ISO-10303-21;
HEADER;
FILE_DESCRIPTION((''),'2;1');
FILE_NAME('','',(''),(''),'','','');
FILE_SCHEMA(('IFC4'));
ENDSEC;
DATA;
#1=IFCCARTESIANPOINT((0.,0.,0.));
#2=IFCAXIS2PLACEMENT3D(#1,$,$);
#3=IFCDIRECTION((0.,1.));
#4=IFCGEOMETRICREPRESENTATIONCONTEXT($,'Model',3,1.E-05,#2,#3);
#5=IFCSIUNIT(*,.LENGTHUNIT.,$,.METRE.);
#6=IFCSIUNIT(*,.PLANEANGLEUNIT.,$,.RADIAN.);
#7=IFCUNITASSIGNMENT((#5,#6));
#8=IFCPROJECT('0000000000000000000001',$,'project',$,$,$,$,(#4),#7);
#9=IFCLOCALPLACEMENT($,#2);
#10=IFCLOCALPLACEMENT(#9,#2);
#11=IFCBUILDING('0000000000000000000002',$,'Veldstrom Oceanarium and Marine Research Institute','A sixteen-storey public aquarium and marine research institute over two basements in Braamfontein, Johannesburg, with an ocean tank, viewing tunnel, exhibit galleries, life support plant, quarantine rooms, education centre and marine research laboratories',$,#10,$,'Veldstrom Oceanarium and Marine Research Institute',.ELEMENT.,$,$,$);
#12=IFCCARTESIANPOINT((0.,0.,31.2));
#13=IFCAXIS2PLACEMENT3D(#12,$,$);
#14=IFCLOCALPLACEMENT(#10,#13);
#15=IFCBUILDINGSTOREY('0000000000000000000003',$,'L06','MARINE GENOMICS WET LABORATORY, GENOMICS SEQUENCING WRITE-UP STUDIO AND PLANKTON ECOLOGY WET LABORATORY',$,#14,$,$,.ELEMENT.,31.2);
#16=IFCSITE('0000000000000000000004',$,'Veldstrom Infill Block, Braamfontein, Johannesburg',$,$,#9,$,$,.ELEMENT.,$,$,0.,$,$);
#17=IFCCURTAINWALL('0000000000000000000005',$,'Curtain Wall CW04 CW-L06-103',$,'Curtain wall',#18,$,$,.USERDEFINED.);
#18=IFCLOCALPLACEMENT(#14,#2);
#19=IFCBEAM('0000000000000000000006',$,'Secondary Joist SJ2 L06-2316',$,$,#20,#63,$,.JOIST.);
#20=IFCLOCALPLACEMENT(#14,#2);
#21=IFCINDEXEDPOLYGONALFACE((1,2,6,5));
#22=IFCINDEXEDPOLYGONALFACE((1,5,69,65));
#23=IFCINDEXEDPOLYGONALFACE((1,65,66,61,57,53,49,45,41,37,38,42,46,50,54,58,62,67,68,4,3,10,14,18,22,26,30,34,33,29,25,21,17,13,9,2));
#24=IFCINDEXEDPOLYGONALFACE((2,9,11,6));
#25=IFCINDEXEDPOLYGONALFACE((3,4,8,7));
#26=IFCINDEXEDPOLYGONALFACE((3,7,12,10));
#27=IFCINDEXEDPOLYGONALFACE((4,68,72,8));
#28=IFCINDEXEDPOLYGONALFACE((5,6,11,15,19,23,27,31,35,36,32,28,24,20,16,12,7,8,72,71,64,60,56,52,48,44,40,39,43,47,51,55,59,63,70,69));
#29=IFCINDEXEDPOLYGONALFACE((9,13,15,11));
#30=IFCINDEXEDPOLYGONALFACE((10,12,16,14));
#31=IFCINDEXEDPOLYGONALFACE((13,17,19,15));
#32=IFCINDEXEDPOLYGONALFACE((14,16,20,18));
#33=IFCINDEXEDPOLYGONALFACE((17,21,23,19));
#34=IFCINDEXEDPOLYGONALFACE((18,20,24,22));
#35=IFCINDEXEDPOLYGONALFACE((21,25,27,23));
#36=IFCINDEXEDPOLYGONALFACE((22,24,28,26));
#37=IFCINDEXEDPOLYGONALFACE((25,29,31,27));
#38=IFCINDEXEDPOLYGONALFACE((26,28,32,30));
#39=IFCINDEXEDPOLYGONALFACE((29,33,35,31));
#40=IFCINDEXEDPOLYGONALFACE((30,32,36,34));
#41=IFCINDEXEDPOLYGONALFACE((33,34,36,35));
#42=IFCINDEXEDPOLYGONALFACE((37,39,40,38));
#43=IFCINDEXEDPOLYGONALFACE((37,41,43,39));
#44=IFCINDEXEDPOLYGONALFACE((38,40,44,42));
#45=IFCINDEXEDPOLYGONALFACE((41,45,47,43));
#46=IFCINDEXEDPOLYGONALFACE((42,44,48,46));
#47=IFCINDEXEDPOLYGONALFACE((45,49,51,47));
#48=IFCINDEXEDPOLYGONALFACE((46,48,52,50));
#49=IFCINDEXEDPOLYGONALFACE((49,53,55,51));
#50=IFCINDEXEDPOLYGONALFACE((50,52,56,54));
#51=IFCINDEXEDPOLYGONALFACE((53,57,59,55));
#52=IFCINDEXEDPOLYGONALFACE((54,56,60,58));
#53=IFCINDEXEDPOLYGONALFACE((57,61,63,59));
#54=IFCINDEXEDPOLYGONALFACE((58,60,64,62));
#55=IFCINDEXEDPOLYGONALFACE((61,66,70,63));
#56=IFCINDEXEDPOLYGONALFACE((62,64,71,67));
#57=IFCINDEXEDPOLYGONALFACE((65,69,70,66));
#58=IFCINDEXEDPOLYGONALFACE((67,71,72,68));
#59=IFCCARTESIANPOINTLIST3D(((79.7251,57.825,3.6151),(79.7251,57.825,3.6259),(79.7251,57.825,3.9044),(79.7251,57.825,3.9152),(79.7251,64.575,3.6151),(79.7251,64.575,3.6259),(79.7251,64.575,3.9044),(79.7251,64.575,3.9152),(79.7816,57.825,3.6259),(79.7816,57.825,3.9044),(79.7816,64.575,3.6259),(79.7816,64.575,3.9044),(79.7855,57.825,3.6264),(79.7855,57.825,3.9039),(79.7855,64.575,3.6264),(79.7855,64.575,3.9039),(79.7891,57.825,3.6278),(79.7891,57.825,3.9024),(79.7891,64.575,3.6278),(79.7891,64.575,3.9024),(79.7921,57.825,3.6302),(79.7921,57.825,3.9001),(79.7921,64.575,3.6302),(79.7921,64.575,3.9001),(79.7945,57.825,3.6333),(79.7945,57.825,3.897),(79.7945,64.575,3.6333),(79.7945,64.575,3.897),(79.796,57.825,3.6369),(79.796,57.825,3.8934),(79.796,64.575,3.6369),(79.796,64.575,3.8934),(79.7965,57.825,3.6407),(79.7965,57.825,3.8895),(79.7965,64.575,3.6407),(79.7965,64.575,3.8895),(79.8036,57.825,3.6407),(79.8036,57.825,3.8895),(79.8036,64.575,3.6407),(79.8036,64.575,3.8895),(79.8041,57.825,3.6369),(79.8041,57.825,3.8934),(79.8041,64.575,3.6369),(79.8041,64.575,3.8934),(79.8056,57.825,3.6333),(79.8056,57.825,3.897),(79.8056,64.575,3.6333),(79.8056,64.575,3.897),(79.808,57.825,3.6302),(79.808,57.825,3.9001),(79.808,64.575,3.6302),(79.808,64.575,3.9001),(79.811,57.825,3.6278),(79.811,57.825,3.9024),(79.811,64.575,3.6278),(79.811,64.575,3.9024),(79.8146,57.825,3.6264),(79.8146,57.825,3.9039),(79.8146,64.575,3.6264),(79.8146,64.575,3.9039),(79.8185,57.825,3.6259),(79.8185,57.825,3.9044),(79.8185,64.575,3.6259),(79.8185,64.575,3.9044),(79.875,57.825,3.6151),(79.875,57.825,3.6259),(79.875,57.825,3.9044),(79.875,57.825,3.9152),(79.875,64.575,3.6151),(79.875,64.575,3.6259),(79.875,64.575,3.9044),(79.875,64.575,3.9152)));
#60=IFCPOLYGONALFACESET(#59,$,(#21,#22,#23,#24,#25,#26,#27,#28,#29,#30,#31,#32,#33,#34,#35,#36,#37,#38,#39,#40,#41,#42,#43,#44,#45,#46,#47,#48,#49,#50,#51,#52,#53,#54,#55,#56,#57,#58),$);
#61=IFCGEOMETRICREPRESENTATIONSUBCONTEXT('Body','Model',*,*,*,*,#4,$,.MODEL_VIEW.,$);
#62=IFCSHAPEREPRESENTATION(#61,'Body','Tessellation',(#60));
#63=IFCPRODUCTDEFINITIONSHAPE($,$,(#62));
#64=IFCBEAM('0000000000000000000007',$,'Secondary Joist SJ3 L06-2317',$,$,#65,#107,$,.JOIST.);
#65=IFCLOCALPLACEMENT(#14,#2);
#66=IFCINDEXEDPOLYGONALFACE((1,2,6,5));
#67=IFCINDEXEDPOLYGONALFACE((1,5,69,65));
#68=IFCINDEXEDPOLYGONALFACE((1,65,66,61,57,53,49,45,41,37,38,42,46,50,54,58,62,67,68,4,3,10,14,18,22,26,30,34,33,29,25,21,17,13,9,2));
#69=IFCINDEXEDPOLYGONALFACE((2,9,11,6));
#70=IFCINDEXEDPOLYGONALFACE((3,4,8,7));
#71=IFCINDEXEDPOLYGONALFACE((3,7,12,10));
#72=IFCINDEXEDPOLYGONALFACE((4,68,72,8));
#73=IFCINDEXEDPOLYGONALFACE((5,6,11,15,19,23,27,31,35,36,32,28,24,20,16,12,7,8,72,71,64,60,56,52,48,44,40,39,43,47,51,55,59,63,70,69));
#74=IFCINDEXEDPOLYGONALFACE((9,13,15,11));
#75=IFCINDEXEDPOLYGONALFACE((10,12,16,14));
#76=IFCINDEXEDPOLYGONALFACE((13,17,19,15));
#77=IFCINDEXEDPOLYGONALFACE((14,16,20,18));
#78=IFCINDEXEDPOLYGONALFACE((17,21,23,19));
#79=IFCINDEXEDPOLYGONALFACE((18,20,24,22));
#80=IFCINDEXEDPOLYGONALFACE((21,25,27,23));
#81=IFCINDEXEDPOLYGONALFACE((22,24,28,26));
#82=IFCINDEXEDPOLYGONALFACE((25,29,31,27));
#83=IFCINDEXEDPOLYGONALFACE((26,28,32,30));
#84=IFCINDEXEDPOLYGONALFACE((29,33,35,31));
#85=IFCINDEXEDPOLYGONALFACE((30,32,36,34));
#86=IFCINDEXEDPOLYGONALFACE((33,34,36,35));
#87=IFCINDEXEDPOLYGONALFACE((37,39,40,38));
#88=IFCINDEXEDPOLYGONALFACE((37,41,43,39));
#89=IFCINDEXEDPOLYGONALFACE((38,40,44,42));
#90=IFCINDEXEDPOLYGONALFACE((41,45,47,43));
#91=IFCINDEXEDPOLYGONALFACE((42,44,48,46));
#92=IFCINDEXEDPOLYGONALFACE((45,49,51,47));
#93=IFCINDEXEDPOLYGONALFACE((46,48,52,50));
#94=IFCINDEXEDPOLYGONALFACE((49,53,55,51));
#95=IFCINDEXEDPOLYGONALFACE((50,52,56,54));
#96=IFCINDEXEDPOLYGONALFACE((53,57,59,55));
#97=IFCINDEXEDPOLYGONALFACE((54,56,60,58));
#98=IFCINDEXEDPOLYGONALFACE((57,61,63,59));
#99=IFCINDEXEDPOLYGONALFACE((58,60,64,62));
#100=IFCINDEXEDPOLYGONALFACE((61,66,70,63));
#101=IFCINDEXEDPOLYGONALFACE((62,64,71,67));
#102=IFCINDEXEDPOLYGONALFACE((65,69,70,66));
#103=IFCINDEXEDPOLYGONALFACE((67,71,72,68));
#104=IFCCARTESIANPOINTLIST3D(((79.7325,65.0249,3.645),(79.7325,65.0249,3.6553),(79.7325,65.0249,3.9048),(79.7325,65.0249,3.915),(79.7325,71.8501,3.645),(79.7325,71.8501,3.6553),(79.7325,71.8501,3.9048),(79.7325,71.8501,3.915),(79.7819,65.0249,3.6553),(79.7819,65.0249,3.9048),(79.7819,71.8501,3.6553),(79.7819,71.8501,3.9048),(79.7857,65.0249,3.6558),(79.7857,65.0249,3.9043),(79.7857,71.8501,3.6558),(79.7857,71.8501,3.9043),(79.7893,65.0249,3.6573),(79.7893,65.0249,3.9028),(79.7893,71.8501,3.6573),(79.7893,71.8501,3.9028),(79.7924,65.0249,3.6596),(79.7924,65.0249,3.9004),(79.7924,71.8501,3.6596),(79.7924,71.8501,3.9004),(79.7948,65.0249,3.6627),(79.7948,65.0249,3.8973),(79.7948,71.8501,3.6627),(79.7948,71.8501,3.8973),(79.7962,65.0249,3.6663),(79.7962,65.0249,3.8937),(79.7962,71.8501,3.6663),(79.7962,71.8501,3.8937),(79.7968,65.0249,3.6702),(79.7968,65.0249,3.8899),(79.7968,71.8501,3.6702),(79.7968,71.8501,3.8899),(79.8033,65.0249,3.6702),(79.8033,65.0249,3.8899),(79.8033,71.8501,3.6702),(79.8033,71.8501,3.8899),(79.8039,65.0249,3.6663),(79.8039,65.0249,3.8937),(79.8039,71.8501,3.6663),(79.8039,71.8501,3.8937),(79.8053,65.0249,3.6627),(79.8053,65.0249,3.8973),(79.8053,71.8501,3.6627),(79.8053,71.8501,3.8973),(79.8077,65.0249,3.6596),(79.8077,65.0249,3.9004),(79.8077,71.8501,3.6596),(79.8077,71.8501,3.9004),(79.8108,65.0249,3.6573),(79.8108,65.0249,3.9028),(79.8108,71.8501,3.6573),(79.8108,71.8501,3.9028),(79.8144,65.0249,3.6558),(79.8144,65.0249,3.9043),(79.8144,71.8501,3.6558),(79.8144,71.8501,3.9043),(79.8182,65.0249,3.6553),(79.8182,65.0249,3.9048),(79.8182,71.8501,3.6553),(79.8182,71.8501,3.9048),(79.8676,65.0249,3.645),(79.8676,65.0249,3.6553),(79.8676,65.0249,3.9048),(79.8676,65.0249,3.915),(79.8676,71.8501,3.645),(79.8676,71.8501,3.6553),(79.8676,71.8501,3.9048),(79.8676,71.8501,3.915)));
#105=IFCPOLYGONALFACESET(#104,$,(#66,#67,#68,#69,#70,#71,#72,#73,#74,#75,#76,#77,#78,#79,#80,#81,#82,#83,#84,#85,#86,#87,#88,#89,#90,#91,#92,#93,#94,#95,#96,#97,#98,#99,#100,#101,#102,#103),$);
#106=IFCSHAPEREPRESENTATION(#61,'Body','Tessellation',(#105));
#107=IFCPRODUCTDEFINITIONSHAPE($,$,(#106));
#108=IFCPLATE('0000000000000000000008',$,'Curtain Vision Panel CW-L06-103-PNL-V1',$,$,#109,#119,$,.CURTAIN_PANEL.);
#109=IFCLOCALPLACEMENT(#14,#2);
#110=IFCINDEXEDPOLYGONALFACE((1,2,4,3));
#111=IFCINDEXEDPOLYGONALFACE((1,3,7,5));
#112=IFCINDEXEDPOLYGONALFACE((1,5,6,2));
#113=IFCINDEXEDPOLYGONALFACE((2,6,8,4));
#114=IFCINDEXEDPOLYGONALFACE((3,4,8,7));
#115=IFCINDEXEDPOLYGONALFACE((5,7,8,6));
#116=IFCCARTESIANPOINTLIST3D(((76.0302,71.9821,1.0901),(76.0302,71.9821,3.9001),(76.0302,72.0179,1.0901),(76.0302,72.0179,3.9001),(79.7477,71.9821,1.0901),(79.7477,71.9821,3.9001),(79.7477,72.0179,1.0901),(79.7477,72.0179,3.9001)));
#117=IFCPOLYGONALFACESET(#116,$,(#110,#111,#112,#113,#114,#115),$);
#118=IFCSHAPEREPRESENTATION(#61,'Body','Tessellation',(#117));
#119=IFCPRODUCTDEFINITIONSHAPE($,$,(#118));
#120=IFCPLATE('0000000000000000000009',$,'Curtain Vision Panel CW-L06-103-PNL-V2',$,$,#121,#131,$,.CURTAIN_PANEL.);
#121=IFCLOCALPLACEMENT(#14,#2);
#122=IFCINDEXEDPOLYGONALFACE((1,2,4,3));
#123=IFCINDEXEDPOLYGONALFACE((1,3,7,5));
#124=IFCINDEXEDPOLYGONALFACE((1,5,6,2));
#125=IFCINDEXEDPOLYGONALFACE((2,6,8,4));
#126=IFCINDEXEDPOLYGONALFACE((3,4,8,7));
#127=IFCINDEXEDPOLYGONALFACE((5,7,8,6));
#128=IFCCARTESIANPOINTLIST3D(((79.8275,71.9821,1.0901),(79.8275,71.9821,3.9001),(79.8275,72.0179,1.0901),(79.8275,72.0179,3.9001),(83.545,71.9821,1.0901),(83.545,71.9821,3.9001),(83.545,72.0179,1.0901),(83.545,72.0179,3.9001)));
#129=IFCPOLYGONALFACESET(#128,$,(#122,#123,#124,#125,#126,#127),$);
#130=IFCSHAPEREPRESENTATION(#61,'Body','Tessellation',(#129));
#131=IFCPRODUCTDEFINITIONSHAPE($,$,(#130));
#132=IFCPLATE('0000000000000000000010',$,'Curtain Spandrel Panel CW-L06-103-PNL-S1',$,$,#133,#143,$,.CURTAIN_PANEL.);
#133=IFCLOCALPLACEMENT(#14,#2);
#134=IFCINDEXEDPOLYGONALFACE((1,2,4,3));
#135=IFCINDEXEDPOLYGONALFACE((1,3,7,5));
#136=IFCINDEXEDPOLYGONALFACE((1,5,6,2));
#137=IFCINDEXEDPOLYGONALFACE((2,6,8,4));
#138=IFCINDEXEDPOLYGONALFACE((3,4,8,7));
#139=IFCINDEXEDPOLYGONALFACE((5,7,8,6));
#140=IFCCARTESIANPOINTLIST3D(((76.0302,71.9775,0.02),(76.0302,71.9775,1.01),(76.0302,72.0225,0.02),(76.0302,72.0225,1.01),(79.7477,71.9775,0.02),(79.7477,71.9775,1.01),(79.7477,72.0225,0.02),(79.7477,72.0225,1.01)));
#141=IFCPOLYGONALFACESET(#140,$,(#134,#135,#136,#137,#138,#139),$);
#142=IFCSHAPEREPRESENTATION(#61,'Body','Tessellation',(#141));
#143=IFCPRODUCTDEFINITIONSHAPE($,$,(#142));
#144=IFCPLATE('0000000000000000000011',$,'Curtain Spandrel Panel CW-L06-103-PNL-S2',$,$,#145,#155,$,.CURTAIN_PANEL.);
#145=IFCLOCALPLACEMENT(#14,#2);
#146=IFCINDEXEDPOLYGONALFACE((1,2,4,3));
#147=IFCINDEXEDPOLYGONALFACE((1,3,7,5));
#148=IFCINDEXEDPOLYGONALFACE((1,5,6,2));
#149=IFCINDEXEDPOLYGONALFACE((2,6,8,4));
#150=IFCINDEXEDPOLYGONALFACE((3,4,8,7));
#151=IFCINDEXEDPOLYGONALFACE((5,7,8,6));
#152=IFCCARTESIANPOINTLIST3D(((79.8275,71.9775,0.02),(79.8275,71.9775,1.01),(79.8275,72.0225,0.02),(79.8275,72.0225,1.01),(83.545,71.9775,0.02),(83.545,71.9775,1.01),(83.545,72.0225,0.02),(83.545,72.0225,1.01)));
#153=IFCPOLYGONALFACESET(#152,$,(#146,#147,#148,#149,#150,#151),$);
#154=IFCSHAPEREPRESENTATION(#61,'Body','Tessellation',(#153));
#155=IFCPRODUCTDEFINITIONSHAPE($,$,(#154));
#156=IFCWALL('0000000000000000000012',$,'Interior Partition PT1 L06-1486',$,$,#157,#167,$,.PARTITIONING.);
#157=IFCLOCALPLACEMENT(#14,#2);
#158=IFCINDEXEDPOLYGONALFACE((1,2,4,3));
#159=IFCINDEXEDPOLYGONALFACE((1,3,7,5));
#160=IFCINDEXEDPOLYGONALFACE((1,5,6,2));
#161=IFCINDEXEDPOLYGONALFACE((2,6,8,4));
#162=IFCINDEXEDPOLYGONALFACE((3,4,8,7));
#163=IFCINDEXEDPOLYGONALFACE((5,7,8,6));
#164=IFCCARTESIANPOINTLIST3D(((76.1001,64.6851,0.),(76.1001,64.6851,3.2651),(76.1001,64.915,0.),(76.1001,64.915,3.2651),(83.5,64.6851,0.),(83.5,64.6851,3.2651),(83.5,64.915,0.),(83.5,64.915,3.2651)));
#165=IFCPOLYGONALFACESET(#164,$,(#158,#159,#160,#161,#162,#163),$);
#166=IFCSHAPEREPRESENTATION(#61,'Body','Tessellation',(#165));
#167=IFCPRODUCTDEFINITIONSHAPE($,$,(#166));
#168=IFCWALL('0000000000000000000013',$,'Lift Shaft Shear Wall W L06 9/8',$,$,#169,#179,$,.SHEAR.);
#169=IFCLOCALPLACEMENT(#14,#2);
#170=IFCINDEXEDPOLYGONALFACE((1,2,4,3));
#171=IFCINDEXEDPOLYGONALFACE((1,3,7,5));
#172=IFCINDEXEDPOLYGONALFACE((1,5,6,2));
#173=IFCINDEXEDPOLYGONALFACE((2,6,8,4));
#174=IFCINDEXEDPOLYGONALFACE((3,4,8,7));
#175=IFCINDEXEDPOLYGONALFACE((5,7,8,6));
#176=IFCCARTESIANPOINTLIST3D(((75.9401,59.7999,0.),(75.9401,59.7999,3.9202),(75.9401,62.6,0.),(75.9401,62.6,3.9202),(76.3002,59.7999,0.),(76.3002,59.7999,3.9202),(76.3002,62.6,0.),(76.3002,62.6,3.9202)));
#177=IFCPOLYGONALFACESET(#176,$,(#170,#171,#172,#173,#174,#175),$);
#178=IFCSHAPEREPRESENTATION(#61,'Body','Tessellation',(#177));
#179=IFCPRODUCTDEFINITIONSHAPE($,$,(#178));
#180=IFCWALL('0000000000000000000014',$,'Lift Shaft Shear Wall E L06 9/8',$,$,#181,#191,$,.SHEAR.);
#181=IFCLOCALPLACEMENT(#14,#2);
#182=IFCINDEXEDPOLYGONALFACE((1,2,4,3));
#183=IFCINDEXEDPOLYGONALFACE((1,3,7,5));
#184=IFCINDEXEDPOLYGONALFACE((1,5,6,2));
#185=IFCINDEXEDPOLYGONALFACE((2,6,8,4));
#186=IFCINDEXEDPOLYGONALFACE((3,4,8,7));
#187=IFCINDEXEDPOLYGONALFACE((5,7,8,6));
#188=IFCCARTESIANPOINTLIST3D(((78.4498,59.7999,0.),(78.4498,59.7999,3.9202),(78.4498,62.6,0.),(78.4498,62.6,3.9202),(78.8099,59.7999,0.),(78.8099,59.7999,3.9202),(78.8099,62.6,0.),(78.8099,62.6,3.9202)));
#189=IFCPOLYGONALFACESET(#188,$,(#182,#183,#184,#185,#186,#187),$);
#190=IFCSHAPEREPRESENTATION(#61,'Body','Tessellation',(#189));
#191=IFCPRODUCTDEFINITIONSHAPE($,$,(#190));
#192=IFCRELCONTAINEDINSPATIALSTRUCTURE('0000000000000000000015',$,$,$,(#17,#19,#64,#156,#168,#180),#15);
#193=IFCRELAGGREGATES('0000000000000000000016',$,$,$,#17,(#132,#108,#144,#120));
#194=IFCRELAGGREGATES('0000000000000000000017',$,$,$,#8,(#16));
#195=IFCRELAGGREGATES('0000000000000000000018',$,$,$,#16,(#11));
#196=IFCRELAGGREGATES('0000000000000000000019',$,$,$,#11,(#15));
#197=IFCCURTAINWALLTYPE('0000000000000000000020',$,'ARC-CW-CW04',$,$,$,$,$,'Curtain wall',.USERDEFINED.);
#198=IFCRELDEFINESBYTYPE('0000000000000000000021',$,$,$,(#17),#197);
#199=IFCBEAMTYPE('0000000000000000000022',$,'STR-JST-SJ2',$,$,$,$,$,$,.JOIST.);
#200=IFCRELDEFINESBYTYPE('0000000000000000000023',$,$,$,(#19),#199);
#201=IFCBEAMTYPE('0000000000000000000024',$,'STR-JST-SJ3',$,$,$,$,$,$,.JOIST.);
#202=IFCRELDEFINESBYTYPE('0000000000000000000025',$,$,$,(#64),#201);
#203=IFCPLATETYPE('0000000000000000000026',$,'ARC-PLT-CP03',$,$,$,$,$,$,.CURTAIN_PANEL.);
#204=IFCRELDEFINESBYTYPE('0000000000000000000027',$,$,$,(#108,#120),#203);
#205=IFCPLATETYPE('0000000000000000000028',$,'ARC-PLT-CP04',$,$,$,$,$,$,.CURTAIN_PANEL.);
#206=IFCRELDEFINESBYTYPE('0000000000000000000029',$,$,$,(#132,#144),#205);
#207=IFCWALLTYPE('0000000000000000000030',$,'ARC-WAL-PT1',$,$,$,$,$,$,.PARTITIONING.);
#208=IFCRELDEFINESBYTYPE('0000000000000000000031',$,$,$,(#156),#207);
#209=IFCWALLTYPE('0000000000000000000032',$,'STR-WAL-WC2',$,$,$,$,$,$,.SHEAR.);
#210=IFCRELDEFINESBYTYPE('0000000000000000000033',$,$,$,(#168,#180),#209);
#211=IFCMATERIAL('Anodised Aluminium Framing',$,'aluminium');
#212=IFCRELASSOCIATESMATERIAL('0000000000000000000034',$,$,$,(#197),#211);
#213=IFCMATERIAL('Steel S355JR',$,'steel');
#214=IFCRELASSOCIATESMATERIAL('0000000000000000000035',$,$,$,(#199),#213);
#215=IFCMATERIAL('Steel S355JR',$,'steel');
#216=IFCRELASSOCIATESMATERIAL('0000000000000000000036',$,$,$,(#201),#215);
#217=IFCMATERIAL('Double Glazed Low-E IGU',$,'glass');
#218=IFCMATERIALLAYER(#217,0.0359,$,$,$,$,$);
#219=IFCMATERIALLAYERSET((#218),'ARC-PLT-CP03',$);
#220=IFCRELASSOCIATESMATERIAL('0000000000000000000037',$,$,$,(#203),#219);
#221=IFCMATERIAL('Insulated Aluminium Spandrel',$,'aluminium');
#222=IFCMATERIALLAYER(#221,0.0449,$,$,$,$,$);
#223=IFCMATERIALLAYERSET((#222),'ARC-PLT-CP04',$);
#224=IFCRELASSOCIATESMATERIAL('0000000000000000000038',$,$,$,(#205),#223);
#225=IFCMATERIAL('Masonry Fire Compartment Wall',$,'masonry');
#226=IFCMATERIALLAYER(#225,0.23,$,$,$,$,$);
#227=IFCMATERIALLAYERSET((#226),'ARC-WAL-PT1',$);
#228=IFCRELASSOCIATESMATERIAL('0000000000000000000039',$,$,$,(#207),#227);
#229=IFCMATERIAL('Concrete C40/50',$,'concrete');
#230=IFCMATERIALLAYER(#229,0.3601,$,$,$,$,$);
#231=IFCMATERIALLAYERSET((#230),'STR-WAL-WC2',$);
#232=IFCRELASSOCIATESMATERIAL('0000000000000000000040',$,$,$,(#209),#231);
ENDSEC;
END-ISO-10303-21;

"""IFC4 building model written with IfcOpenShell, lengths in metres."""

from ifc_helpers import new_model, si_unit, direction, frame, frame_2d, origin, origin_2d, place, context, subcontext, project, spatial, rectangle, i_section, extrude, material, layer, layer_set, material_profile, profile_set, type_object, element, aggregate, save


model = new_model("IFC4")

# Units and contexts
model_context = context("Model", 3, precision=1e-05, world=origin(), true_north=direction((0.0, 1.0)))
body_context = subcontext(model_context, "Body", "Model", "MODEL_VIEW")
ifc_project = project(units=[si_unit("LENGTHUNIT", "METRE"), si_unit("PLANEANGLEUNIT", "RADIAN")], contexts=[model_context])

# Site, building, storey
site_placement = place(None, origin())
site = spatial("IfcSite", under=ifc_project, at=site_placement, Name="Veldstrom Infill Block, Braamfontein, Johannesburg", CompositionType="ELEMENT", RefElevation=0.0)
building_placement = place(site_placement, origin())
building = spatial("IfcBuilding", under=site, at=building_placement, Name="Veldstrom Oceanarium and Marine Research Institute", Description="A sixteen-storey public aquarium and marine research institute over two basements in Braamfontein, Johannesburg, with an ocean tank, viewing tunnel, exhibit galleries, life support plant, quarantine rooms, education centre and marine research laboratories", LongName="Veldstrom Oceanarium and Marine Research Institute", CompositionType="ELEMENT")
storey_placement = place(building_placement, frame((0.0, 0.0, 31.2)))
storey = spatial("IfcBuildingStorey", under=building, at=storey_placement, Name="L06", Description="MARINE GENOMICS WET LABORATORY, GENOMICS SEQUENCING WRITE-UP STUDIO AND PLANKTON ECOLOGY WET LABORATORY", CompositionType="ELEMENT", Elevation=31.2)

# Curtain wall
ifc_material_1 = material(Name="Anodised Aluminium Framing", Category="aluminium")
curtain_wall_type = type_object("IfcCurtainWallType", Name="ARC-CW-CW04", ElementType="Curtain wall", PredefinedType="USERDEFINED", material=ifc_material_1)
curtain_wall_placement = place(storey_placement, origin())
curtain_wall = element("IfcCurtainWall", 1, at=curtain_wall_placement, inside=storey, type_object=curtain_wall_type, Name="Curtain Wall CW04 CW-L06-103", ObjectType="Curtain wall", PredefinedType="USERDEFINED")

# Beams
ifc_material_2 = material(Name="Steel S355JR", Category="steel")
ifc_material_profile_1 = material_profile(ifc_material_2, i_section(OverallWidth=0.1499, OverallDepth=0.3, WebThickness=0.0071, FlangeThickness=0.0107, FilletRadius=0.0149, at=origin_2d()), Name="IPE 300")
ifc_profile_set_1 = profile_set([ifc_material_profile_1], Name="Steel S355JR")
beam_type_1 = type_object("IfcBeamType", Name="STR-JST-SJ2", PredefinedType="JOIST", material=ifc_profile_set_1)
beam_1_placement = place(storey_placement, frame((79.8, 57.825, 3.7651), z_axis=(0.0, 1.0, 0.0), x_axis=(-1.0, 0.0, 0.0)))
element("IfcBeam", 2, at=beam_1_placement, inside=storey, type_object=beam_type_1, Name="Secondary Joist SJ2 L06-2316", PredefinedType="JOIST", context=body_context, shape_type="SweptSolid", body=[
    extrude(i_section(OverallWidth=0.1499, OverallDepth=0.3, WebThickness=0.0071, FlangeThickness=0.0107, FilletRadius=0.0149, at=origin_2d()), origin(), (0.0, 0.0, 1.0), 6.75),
])
ifc_material_3 = material(Name="Steel S355JR", Category="steel")
ifc_material_profile_2 = material_profile(ifc_material_3, i_section(OverallWidth=0.135, OverallDepth=0.27, WebThickness=0.0066, FlangeThickness=0.0103, FilletRadius=0.0149, at=origin_2d()), Name="IPE 270")
ifc_profile_set_2 = profile_set([ifc_material_profile_2], Name="Steel S355JR")
beam_type_2 = type_object("IfcBeamType", Name="STR-JST-SJ3", PredefinedType="JOIST", material=ifc_profile_set_2)
beam_2_placement = place(storey_placement, frame((79.8, 65.0249, 3.78), z_axis=(0.0, 1.0, 0.0), x_axis=(-1.0, 0.0, 0.0)))
element("IfcBeam", 3, at=beam_2_placement, inside=storey, type_object=beam_type_2, Name="Secondary Joist SJ3 L06-2317", PredefinedType="JOIST", context=body_context, shape_type="SweptSolid", body=[
    extrude(i_section(OverallWidth=0.135, OverallDepth=0.27, WebThickness=0.0066, FlangeThickness=0.0103, FilletRadius=0.0149, at=origin_2d()), origin(), (0.0, 0.0, 1.0), 6.8252),
])

# Plates
ifc_material_4 = material(Name="Double Glazed Low-E IGU", Category="glass")
ifc_layer_1 = layer(ifc_material_4, 0.0359)
ifc_layer_set_1 = layer_set([ifc_layer_1], Name="ARC-PLT-CP03")
plate_type_1 = type_object("IfcPlateType", Name="ARC-PLT-CP03", PredefinedType="CURTAIN_PANEL", material=ifc_layer_set_1)
plate_1_placement = place(storey_placement, frame((77.8889, 72.0, 1.0901), z_axis=(0.0, 0.0, 1.0), x_axis=(1.0, 0.0, 0.0)))
plate_1 = element("IfcPlate", 4, at=plate_1_placement, type_object=plate_type_1, Name="Curtain Vision Panel CW-L06-103-PNL-V1", PredefinedType="CURTAIN_PANEL", context=body_context, shape_type="SweptSolid", body=[
    extrude(rectangle(XDim=3.7175, YDim=0.0359, at=origin_2d()), origin(), (0.0, 0.0, 1.0), 2.8101),
])
plate_2_placement = place(storey_placement, frame((81.6863, 72.0, 1.0901), z_axis=(0.0, 0.0, 1.0), x_axis=(1.0, 0.0, 0.0)))
plate_2 = element("IfcPlate", 5, at=plate_2_placement, type_object=plate_type_1, Name="Curtain Vision Panel CW-L06-103-PNL-V2", PredefinedType="CURTAIN_PANEL", context=body_context, shape_type="SweptSolid", body=[
    extrude(rectangle(XDim=3.7175, YDim=0.0359, at=origin_2d()), origin(), (0.0, 0.0, 1.0), 2.8101),
])
ifc_material_5 = material(Name="Insulated Aluminium Spandrel", Category="aluminium")
ifc_layer_2 = layer(ifc_material_5, 0.0449)
ifc_layer_set_2 = layer_set([ifc_layer_2], Name="ARC-PLT-CP04")
plate_type_2 = type_object("IfcPlateType", Name="ARC-PLT-CP04", PredefinedType="CURTAIN_PANEL", material=ifc_layer_set_2)
plate_3_placement = place(storey_placement, frame((77.8889, 72.0, 0.02), z_axis=(0.0, 0.0, 1.0), x_axis=(1.0, 0.0, 0.0)))
plate_3 = element("IfcPlate", 6, at=plate_3_placement, type_object=plate_type_2, Name="Curtain Spandrel Panel CW-L06-103-PNL-S1", PredefinedType="CURTAIN_PANEL", context=body_context, shape_type="SweptSolid", body=[
    extrude(rectangle(XDim=3.7175, YDim=0.0449, at=origin_2d()), origin(), (0.0, 0.0, 1.0), 0.99),
])
plate_4_placement = place(storey_placement, frame((81.6863, 72.0, 0.02), z_axis=(0.0, 0.0, 1.0), x_axis=(1.0, 0.0, 0.0)))
plate_4 = element("IfcPlate", 7, at=plate_4_placement, type_object=plate_type_2, Name="Curtain Spandrel Panel CW-L06-103-PNL-S2", PredefinedType="CURTAIN_PANEL", context=body_context, shape_type="SweptSolid", body=[
    extrude(rectangle(XDim=3.7175, YDim=0.0449, at=origin_2d()), origin(), (0.0, 0.0, 1.0), 0.99),
])
aggregate(curtain_wall, [plate_3, plate_1, plate_4, plate_2])

# Shared definitions
ifc_material_6 = material(Name="Masonry Fire Compartment Wall", Category="masonry")
ifc_layer_3 = layer(ifc_material_6, 0.23)
ifc_layer_set_3 = layer_set([ifc_layer_3], Name="ARC-WAL-PT1")
wall_type_1 = type_object("IfcWallType", Name="ARC-WAL-PT1", PredefinedType="PARTITIONING", material=ifc_layer_set_3)

# Wall
wall_1_placement = place(storey_placement, frame((76.1001, 64.8, 0.0), z_axis=(0.0, 0.0, 1.0), x_axis=(1.0, 0.0, 0.0)))
element("IfcWall", 8, at=wall_1_placement, inside=storey, type_object=wall_type_1, Name="Interior Partition PT1 L06-1486", PredefinedType="PARTITIONING", context=body_context, shape_type="SweptSolid", body=[
    extrude(rectangle(XDim=7.3999, YDim=0.23, at=frame_2d((3.7, 0.0))), origin(), (0.0, 0.0, 1.0), 3.2651),
])

# Walls
ifc_material_7 = material(Name="Concrete C40/50", Category="concrete")
ifc_layer_4 = layer(ifc_material_7, 0.3601)
ifc_layer_set_4 = layer_set([ifc_layer_4], Name="STR-WAL-WC2")
wall_type_2 = type_object("IfcWallType", Name="STR-WAL-WC2", PredefinedType="SHEAR", material=ifc_layer_set_4)
for number, where, z_axis, x_axis, name in (
    (9, (76.1201, 59.8, 0.0), (0.0, 0.0, 1.0), (0.0, 1.0, 0.0), "Lift Shaft Shear Wall W L06 9/8"),
    (10, (78.6299, 59.8, 0.0), (0.0, 0.0, 1.0), (0.0, 1.0, 0.0), "Lift Shaft Shear Wall E L06 9/8"),
):
    element("IfcWall", number, at=place(storey_placement, frame(where, z_axis=z_axis, x_axis=x_axis)), inside=storey, type_object=wall_type_2, Name=name, PredefinedType="SHEAR", context=body_context, shape_type="SweptSolid", body=[
        extrude(rectangle(XDim=2.8, YDim=0.3601, at=frame_2d((1.3999, 0.0))), origin(), (0.0, 0.0, 1.0), 3.9202),
    ])

save(model, "model.ifc")
